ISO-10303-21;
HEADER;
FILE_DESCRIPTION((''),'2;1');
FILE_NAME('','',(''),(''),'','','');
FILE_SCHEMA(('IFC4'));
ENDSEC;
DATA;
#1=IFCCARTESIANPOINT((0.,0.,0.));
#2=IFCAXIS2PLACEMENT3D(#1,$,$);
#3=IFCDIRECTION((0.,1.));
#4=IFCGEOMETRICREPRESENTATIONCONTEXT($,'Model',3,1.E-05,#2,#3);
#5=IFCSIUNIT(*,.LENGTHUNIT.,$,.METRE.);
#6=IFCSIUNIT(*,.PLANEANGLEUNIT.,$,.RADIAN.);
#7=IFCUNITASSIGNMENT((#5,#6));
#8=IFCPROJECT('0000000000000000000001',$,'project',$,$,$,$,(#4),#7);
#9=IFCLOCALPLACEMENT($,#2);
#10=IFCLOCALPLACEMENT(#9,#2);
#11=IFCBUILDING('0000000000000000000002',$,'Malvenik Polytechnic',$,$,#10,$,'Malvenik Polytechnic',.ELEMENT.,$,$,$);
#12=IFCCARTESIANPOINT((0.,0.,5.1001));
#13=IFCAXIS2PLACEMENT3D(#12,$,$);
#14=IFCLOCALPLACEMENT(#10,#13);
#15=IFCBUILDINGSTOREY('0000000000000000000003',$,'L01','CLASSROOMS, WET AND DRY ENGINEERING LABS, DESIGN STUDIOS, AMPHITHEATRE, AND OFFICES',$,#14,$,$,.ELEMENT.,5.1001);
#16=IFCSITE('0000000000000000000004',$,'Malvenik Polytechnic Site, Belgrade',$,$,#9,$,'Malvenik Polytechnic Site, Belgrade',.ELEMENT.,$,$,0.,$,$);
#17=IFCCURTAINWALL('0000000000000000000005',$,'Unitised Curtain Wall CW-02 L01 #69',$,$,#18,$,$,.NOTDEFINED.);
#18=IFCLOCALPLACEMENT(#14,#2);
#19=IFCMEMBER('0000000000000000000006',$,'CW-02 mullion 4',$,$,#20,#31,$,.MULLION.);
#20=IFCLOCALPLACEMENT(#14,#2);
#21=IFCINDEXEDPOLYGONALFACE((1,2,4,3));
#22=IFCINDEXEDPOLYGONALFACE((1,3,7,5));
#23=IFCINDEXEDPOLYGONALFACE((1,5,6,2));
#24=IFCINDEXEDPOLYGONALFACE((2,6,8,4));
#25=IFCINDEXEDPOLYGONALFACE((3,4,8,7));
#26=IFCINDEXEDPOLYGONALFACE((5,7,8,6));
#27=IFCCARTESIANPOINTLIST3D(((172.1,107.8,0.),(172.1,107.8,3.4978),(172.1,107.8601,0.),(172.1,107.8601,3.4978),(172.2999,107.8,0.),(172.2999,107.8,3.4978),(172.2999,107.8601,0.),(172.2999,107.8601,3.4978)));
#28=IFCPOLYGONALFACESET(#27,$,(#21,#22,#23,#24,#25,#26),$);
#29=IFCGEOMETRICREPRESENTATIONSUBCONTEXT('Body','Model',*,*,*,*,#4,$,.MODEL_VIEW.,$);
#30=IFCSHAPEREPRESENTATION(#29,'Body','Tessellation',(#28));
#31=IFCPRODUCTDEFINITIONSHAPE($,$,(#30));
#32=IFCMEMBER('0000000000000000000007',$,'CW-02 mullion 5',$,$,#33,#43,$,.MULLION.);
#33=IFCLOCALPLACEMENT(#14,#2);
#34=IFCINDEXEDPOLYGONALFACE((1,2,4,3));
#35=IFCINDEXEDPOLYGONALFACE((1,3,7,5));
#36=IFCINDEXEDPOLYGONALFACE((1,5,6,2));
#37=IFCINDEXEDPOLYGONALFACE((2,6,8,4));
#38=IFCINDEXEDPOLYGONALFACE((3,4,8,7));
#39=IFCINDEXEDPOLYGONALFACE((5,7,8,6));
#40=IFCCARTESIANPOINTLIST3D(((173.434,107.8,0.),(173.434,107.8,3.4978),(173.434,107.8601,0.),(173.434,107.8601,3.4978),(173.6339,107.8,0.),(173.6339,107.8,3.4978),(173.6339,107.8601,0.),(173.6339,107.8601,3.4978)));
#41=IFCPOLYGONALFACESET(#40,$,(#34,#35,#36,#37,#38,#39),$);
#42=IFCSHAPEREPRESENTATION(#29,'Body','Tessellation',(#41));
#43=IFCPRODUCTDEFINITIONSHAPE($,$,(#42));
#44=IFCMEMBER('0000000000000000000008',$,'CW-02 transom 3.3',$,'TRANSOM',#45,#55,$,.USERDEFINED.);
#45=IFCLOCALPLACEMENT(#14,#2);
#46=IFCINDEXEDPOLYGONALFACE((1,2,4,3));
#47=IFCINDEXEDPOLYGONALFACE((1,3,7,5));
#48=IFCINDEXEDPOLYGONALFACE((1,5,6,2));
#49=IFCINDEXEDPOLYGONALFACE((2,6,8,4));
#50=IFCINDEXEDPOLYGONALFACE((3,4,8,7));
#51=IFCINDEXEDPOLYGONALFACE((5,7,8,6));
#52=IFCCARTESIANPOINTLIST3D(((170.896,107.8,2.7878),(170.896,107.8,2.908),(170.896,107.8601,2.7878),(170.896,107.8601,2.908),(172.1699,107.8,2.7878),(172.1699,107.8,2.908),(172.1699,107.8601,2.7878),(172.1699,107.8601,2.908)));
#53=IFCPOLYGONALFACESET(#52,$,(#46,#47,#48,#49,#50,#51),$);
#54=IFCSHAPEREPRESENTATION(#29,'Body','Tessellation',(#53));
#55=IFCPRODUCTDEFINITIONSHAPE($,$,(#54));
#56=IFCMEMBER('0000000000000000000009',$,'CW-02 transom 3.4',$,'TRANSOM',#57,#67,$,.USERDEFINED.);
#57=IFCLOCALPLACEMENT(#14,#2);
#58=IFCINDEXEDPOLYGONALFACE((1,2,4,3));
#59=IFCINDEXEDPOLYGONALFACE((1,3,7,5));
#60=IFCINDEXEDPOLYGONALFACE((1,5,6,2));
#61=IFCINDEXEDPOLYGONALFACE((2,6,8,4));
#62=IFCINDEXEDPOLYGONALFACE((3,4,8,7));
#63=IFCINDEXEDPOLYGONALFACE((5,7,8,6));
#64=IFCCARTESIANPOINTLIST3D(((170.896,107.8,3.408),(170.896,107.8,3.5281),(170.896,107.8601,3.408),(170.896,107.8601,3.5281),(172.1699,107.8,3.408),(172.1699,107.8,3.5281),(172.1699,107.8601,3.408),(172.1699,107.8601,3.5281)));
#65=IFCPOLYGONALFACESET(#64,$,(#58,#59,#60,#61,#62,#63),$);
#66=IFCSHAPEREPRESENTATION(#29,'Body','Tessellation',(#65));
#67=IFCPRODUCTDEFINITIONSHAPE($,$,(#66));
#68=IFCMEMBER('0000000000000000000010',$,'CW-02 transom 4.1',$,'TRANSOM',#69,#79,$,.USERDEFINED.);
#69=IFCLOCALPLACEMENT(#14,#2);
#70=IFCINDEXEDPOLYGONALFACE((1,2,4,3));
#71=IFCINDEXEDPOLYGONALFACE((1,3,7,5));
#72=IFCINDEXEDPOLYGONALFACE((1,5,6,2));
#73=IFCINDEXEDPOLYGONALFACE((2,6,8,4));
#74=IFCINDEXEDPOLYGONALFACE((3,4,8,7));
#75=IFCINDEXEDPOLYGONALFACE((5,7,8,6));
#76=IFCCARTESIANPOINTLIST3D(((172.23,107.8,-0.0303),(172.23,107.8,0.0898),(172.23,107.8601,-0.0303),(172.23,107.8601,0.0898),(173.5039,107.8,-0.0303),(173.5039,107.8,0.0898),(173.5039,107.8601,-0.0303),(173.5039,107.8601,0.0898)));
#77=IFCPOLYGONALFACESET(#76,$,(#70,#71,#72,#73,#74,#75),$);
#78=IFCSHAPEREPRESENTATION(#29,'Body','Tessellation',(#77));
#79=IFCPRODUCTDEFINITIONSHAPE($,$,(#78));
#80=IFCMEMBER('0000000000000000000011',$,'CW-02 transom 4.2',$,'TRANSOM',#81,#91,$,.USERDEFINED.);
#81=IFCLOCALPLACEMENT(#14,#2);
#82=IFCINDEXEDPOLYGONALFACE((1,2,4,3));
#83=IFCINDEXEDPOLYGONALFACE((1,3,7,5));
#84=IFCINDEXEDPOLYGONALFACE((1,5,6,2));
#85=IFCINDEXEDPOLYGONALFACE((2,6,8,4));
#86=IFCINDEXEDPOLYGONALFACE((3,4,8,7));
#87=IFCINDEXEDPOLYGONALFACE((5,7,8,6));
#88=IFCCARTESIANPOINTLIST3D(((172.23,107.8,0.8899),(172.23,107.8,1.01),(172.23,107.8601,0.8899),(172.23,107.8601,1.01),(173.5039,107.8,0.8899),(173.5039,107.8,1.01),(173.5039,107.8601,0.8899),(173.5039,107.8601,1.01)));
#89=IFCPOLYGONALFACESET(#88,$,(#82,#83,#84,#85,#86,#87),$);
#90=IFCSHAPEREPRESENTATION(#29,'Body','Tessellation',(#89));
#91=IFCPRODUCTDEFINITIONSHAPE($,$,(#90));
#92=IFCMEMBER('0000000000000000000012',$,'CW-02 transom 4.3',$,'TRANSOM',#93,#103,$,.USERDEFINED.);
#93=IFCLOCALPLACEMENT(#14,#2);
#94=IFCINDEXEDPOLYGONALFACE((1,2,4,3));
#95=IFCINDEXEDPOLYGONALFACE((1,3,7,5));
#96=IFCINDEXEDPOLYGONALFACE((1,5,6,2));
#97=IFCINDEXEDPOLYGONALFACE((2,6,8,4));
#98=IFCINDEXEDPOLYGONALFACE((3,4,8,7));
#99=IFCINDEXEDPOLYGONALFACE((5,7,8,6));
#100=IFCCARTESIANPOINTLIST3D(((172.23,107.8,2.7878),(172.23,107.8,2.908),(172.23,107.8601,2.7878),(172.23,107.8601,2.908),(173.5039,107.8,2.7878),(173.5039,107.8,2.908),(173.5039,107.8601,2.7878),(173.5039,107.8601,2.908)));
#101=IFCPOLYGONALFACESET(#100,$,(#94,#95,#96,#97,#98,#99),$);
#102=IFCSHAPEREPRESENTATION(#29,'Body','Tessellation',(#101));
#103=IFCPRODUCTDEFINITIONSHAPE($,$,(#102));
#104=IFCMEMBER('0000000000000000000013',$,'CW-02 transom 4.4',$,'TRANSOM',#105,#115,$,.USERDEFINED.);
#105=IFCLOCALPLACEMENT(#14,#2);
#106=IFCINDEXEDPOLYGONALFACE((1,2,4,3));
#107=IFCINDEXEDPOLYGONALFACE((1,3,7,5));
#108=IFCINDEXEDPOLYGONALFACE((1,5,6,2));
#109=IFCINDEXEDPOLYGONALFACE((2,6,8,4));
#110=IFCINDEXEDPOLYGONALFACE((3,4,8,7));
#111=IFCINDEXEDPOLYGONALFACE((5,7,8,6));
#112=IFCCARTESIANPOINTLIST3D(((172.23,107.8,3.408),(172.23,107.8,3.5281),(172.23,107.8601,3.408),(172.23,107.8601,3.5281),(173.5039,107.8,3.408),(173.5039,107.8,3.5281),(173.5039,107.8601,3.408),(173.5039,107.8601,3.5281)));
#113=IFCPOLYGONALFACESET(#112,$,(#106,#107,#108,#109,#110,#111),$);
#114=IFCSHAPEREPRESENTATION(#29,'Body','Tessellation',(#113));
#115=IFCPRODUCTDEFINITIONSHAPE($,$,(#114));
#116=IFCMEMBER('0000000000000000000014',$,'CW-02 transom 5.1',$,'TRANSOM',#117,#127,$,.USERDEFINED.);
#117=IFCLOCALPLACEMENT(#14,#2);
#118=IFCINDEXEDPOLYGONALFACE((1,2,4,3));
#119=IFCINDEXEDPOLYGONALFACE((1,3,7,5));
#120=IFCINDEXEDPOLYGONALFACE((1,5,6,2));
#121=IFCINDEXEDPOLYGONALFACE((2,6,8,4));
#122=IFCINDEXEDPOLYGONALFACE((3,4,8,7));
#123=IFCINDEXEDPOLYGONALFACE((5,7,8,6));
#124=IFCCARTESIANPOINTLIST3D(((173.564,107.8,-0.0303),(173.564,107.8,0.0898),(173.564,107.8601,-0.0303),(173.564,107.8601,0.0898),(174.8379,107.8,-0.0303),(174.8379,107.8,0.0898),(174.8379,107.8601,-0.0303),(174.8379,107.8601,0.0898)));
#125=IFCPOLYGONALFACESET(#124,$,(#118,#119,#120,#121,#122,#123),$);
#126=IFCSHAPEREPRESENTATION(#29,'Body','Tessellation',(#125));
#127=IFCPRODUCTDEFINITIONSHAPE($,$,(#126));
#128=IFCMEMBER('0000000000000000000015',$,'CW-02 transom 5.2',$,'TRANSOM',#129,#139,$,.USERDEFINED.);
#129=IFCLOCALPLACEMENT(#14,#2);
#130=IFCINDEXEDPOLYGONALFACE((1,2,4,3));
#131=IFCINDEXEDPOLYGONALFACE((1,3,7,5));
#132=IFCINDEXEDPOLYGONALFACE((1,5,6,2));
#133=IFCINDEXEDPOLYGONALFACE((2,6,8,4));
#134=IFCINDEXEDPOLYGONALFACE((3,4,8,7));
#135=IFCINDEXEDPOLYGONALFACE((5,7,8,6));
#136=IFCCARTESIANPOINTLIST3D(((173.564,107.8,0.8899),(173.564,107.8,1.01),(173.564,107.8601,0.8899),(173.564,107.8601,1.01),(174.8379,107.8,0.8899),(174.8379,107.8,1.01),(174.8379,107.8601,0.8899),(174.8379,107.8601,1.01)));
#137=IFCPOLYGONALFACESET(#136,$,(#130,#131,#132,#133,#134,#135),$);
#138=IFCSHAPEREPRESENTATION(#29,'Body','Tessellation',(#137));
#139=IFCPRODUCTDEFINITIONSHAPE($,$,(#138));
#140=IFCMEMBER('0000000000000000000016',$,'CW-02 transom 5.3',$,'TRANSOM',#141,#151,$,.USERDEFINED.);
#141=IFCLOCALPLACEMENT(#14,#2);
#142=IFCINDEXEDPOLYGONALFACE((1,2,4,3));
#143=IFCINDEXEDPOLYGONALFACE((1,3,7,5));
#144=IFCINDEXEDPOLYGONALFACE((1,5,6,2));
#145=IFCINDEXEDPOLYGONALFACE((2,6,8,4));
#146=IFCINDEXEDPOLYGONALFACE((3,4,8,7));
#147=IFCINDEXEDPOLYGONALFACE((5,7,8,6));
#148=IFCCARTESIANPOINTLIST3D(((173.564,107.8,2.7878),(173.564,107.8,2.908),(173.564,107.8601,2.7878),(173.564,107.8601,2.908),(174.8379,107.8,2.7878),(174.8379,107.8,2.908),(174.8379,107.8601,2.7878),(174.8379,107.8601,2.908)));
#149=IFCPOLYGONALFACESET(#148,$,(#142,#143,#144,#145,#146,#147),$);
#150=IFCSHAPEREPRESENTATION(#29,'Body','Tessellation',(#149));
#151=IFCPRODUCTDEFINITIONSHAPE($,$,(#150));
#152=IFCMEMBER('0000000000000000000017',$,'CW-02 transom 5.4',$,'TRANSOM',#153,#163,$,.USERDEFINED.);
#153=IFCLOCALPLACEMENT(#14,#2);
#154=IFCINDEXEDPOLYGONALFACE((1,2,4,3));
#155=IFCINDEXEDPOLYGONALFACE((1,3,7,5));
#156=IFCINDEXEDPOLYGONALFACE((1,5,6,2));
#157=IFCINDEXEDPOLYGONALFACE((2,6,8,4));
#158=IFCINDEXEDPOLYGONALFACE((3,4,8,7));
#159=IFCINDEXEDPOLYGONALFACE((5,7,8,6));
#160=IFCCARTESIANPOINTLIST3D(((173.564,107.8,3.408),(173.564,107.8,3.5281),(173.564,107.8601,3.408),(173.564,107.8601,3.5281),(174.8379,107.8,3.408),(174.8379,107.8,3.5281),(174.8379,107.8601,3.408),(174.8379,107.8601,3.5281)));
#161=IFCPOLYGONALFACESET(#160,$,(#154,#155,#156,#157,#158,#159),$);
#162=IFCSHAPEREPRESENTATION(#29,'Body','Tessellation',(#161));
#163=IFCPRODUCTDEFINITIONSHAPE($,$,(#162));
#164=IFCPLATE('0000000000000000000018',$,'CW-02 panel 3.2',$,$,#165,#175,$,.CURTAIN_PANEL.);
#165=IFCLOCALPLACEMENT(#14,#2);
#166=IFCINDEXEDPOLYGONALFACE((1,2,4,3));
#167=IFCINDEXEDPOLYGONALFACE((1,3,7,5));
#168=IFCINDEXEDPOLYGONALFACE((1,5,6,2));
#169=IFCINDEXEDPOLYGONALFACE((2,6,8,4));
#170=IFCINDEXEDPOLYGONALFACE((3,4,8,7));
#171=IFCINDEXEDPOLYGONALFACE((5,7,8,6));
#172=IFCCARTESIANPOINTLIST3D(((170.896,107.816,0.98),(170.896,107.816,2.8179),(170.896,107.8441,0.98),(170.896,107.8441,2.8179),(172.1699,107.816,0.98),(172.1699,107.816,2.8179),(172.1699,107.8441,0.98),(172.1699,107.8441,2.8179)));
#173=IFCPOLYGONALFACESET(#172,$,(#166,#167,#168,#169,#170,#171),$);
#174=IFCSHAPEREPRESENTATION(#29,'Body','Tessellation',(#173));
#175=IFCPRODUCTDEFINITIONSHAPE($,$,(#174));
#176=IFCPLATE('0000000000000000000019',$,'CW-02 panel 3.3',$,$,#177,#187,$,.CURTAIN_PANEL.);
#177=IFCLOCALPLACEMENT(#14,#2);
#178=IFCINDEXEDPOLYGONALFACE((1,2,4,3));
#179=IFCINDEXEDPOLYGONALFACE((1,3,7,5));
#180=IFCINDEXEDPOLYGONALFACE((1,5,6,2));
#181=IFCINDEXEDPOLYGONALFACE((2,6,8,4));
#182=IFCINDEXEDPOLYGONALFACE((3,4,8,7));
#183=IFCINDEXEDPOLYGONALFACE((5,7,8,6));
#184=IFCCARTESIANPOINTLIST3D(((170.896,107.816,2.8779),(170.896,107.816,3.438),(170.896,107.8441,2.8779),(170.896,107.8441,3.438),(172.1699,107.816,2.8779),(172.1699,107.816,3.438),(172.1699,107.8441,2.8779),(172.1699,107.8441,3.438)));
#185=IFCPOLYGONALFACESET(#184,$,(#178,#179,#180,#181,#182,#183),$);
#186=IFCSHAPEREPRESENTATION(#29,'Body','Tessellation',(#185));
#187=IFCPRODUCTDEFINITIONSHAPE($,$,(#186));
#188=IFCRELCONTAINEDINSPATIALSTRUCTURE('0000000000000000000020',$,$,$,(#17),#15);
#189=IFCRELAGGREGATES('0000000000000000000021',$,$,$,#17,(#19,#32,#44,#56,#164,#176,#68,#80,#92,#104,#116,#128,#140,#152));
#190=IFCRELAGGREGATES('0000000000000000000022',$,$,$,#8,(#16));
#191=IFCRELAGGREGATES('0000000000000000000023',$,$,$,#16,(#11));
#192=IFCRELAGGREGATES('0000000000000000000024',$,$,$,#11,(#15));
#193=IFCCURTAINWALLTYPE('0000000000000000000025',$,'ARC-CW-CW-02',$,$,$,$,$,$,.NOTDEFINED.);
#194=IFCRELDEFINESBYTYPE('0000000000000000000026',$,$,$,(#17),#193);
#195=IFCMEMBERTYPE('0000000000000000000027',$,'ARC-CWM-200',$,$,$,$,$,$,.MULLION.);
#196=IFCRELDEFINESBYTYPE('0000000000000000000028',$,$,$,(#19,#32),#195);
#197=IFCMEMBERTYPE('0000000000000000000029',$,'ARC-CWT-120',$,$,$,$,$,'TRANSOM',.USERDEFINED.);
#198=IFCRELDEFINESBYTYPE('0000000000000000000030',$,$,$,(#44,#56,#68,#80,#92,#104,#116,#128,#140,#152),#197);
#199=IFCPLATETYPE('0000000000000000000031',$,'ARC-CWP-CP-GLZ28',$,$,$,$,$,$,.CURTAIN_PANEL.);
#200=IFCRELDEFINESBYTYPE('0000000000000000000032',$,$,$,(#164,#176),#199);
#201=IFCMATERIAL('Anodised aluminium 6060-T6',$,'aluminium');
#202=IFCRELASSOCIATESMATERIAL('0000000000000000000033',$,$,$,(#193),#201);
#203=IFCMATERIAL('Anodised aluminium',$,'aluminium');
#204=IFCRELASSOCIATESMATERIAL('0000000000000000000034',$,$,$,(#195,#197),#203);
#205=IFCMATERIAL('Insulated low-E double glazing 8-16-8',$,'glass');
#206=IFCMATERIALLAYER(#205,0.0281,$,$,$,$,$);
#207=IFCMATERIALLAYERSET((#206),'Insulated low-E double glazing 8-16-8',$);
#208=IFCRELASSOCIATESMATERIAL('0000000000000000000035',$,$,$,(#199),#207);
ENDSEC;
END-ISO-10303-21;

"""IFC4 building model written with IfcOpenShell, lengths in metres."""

from ifc_helpers import new_model, si_unit, direction, frame, origin, origin_2d, place, context, subcontext, project, spatial, rectangle, extrude, material, layer, layer_set, material_profile, profile_set, type_object, element, aggregate, save


model = new_model("IFC4")

# Units and contexts
model_context = context("Model", 3, precision=1e-05, world=origin(), true_north=direction((0.0, 1.0)))
body_context = subcontext(model_context, "Body", "Model", "MODEL_VIEW")
ifc_project = project(units=[si_unit("LENGTHUNIT", "METRE"), si_unit("PLANEANGLEUNIT", "RADIAN")], contexts=[model_context])

# Site, building, storey
site_placement = place(None, origin())
site = spatial("IfcSite", under=ifc_project, at=site_placement, Name="Malvenik Polytechnic Site, Belgrade", LongName="Malvenik Polytechnic Site, Belgrade", CompositionType="ELEMENT", RefElevation=0.0)
building_placement = place(site_placement, origin())
building = spatial("IfcBuilding", under=site, at=building_placement, Name="Malvenik Polytechnic", LongName="Malvenik Polytechnic", CompositionType="ELEMENT")
storey_placement = place(building_placement, frame((0.0, 0.0, 5.1001)))
storey = spatial("IfcBuildingStorey", under=building, at=storey_placement, Name="L01", Description="CLASSROOMS, WET AND DRY ENGINEERING LABS, DESIGN STUDIOS, AMPHITHEATRE, AND OFFICES", CompositionType="ELEMENT", Elevation=5.1001)

# Curtain wall, members, plates
ifc_material_1 = material(Name="Anodised aluminium 6060-T6", Category="aluminium")
curtain_wall_type = type_object("IfcCurtainWallType", Name="ARC-CW-CW-02", PredefinedType="NOTDEFINED", material=ifc_material_1)
curtain_wall_placement = place(storey_placement, origin())
curtain_wall = element("IfcCurtainWall", 1, at=curtain_wall_placement, inside=storey, type_object=curtain_wall_type, Name="Unitised Curtain Wall CW-02 L01 #69", PredefinedType="NOTDEFINED")
ifc_material_2 = material(Name="Anodised aluminium", Category="aluminium")
ifc_material_profile_1 = material_profile(ifc_material_2, rectangle(XDim=0.0601, YDim=0.2, at=origin_2d()), Name="ALU MULLION 60x200")
ifc_profile_set_1 = profile_set([ifc_material_profile_1], Name="Anodised aluminium")
member_type_1 = type_object("IfcMemberType", Name="ARC-CWM-200", PredefinedType="MULLION", material=ifc_profile_set_1)
member_1_placement = place(storey_placement, frame((172.2, 107.8301, 0.0), z_axis=(0.0, 0.0, 1.0), x_axis=(0.0, 1.0, 0.0)))
member_1 = element("IfcMember", 2, at=member_1_placement, type_object=member_type_1, Name="CW-02 mullion 4", PredefinedType="MULLION", context=body_context, shape_type="SweptSolid", body=[
    extrude(rectangle(XDim=0.0601, YDim=0.2, at=origin_2d()), origin(), (0.0, 0.0, 1.0), 3.4978),
])
member_2_placement = place(storey_placement, frame((173.5339, 107.8301, 0.0), z_axis=(0.0, 0.0, 1.0), x_axis=(0.0, 1.0, 0.0)))
member_2 = element("IfcMember", 3, at=member_2_placement, type_object=member_type_1, Name="CW-02 mullion 5", PredefinedType="MULLION", context=body_context, shape_type="SweptSolid", body=[
    extrude(rectangle(XDim=0.0601, YDim=0.2, at=origin_2d()), origin(), (0.0, 0.0, 1.0), 3.4978),
])
ifc_material_profile_2 = material_profile(ifc_material_2, rectangle(XDim=0.0601, YDim=0.1201, at=origin_2d()), Name="ALU TRANSOM 60x120")
ifc_profile_set_2 = profile_set([ifc_material_profile_2], Name="Anodised aluminium")
member_type_2 = type_object("IfcMemberType", Name="ARC-CWT-120", ElementType="TRANSOM", PredefinedType="USERDEFINED", material=ifc_profile_set_2)
member_3_placement = place(storey_placement, frame((170.896, 107.8301, 2.8479), z_axis=(1.0, 0.0, 0.0), x_axis=(0.0, 1.0, 0.0)))
member_3 = element("IfcMember", 4, at=member_3_placement, type_object=member_type_2, Name="CW-02 transom 3.3", ObjectType="TRANSOM", PredefinedType="USERDEFINED", context=body_context, shape_type="SweptSolid", body=[
    extrude(rectangle(XDim=0.0601, YDim=0.1201, at=origin_2d()), origin(), (0.0, 0.0, 1.0), 1.2739),
])
member_4_placement = place(storey_placement, frame((170.896, 107.8301, 3.468), z_axis=(1.0, 0.0, 0.0), x_axis=(0.0, 1.0, 0.0)))
member_4 = element("IfcMember", 5, at=member_4_placement, type_object=member_type_2, Name="CW-02 transom 3.4", ObjectType="TRANSOM", PredefinedType="USERDEFINED", context=body_context, shape_type="SweptSolid", body=[
    extrude(rectangle(XDim=0.0601, YDim=0.1201, at=origin_2d()), origin(), (0.0, 0.0, 1.0), 1.2739),
])
member_5_placement = place(storey_placement, frame((172.23, 107.8301, 0.0298), z_axis=(1.0, 0.0, 0.0), x_axis=(0.0, 1.0, 0.0)))
member_5 = element("IfcMember", 6, at=member_5_placement, type_object=member_type_2, Name="CW-02 transom 4.1", ObjectType="TRANSOM", PredefinedType="USERDEFINED", context=body_context, shape_type="SweptSolid", body=[
    extrude(rectangle(XDim=0.0601, YDim=0.1201, at=origin_2d()), origin(), (0.0, 0.0, 1.0), 1.2739),
])
member_6_placement = place(storey_placement, frame((172.23, 107.8301, 0.95), z_axis=(1.0, 0.0, 0.0), x_axis=(0.0, 1.0, 0.0)))
member_6 = element("IfcMember", 7, at=member_6_placement, type_object=member_type_2, Name="CW-02 transom 4.2", ObjectType="TRANSOM", PredefinedType="USERDEFINED", context=body_context, shape_type="SweptSolid", body=[
    extrude(rectangle(XDim=0.0601, YDim=0.1201, at=origin_2d()), origin(), (0.0, 0.0, 1.0), 1.2739),
])
member_7_placement = place(storey_placement, frame((172.23, 107.8301, 2.8479), z_axis=(1.0, 0.0, 0.0), x_axis=(0.0, 1.0, 0.0)))
member_7 = element("IfcMember", 8, at=member_7_placement, type_object=member_type_2, Name="CW-02 transom 4.3", ObjectType="TRANSOM", PredefinedType="USERDEFINED", context=body_context, shape_type="SweptSolid", body=[
    extrude(rectangle(XDim=0.0601, YDim=0.1201, at=origin_2d()), origin(), (0.0, 0.0, 1.0), 1.2739),
])
member_8_placement = place(storey_placement, frame((172.23, 107.8301, 3.468), z_axis=(1.0, 0.0, 0.0), x_axis=(0.0, 1.0, 0.0)))
member_8 = element("IfcMember", 9, at=member_8_placement, type_object=member_type_2, Name="CW-02 transom 4.4", ObjectType="TRANSOM", PredefinedType="USERDEFINED", context=body_context, shape_type="SweptSolid", body=[
    extrude(rectangle(XDim=0.0601, YDim=0.1201, at=origin_2d()), origin(), (0.0, 0.0, 1.0), 1.2739),
])
member_9_placement = place(storey_placement, frame((173.564, 107.8301, 0.0298), z_axis=(1.0, 0.0, 0.0), x_axis=(0.0, 1.0, 0.0)))
member_9 = element("IfcMember", 10, at=member_9_placement, type_object=member_type_2, Name="CW-02 transom 5.1", ObjectType="TRANSOM", PredefinedType="USERDEFINED", context=body_context, shape_type="SweptSolid", body=[
    extrude(rectangle(XDim=0.0601, YDim=0.1201, at=origin_2d()), origin(), (0.0, 0.0, 1.0), 1.2739),
])
member_10_placement = place(storey_placement, frame((173.564, 107.8301, 0.95), z_axis=(1.0, 0.0, 0.0), x_axis=(0.0, 1.0, 0.0)))
member_10 = element("IfcMember", 11, at=member_10_placement, type_object=member_type_2, Name="CW-02 transom 5.2", ObjectType="TRANSOM", PredefinedType="USERDEFINED", context=body_context, shape_type="SweptSolid", body=[
    extrude(rectangle(XDim=0.0601, YDim=0.1201, at=origin_2d()), origin(), (0.0, 0.0, 1.0), 1.2739),
])
member_11_placement = place(storey_placement, frame((173.564, 107.8301, 2.8479), z_axis=(1.0, 0.0, 0.0), x_axis=(0.0, 1.0, 0.0)))
member_11 = element("IfcMember", 12, at=member_11_placement, type_object=member_type_2, Name="CW-02 transom 5.3", ObjectType="TRANSOM", PredefinedType="USERDEFINED", context=body_context, shape_type="SweptSolid", body=[
    extrude(rectangle(XDim=0.0601, YDim=0.1201, at=origin_2d()), origin(), (0.0, 0.0, 1.0), 1.2739),
])
member_12_placement = place(storey_placement, frame((173.564, 107.8301, 3.468), z_axis=(1.0, 0.0, 0.0), x_axis=(0.0, 1.0, 0.0)))
member_12 = element("IfcMember", 13, at=member_12_placement, type_object=member_type_2, Name="CW-02 transom 5.4", ObjectType="TRANSOM", PredefinedType="USERDEFINED", context=body_context, shape_type="SweptSolid", body=[
    extrude(rectangle(XDim=0.0601, YDim=0.1201, at=origin_2d()), origin(), (0.0, 0.0, 1.0), 1.2739),
])
ifc_material_3 = material(Name="Insulated low-E double glazing 8-16-8", Category="glass")
ifc_layer_1 = layer(ifc_material_3, 0.0281)
ifc_layer_set_1 = layer_set([ifc_layer_1], Name="Insulated low-E double glazing 8-16-8")
plate_type_1 = type_object("IfcPlateType", Name="ARC-CWP-CP-GLZ28", PredefinedType="CURTAIN_PANEL", material=ifc_layer_set_1)
plate_1_placement = place(storey_placement, frame((171.533, 107.8301, 0.98), z_axis=(0.0, 0.0, 1.0), x_axis=(1.0, 0.0, 0.0)))
plate_1 = element("IfcPlate", 14, at=plate_1_placement, type_object=plate_type_1, Name="CW-02 panel 3.2", PredefinedType="CURTAIN_PANEL", context=body_context, shape_type="SweptSolid", body=[
    extrude(rectangle(XDim=1.2739, YDim=0.0281, at=origin_2d()), origin(), (0.0, 0.0, 1.0), 1.8379),
])
plate_2_placement = place(storey_placement, frame((171.533, 107.8301, 2.8779), z_axis=(0.0, 0.0, 1.0), x_axis=(1.0, 0.0, 0.0)))
plate_2 = element("IfcPlate", 15, at=plate_2_placement, type_object=plate_type_1, Name="CW-02 panel 3.3", PredefinedType="CURTAIN_PANEL", context=body_context, shape_type="SweptSolid", body=[
    extrude(rectangle(XDim=1.2739, YDim=0.0281, at=origin_2d()), origin(), (0.0, 0.0, 1.0), 0.5601),
])
aggregate(curtain_wall, [member_1, member_2, member_3, member_4, plate_1, plate_2, member_5, member_6, member_7, member_8, member_9, member_10, member_11, member_12])

save(model, "model.ifc")
